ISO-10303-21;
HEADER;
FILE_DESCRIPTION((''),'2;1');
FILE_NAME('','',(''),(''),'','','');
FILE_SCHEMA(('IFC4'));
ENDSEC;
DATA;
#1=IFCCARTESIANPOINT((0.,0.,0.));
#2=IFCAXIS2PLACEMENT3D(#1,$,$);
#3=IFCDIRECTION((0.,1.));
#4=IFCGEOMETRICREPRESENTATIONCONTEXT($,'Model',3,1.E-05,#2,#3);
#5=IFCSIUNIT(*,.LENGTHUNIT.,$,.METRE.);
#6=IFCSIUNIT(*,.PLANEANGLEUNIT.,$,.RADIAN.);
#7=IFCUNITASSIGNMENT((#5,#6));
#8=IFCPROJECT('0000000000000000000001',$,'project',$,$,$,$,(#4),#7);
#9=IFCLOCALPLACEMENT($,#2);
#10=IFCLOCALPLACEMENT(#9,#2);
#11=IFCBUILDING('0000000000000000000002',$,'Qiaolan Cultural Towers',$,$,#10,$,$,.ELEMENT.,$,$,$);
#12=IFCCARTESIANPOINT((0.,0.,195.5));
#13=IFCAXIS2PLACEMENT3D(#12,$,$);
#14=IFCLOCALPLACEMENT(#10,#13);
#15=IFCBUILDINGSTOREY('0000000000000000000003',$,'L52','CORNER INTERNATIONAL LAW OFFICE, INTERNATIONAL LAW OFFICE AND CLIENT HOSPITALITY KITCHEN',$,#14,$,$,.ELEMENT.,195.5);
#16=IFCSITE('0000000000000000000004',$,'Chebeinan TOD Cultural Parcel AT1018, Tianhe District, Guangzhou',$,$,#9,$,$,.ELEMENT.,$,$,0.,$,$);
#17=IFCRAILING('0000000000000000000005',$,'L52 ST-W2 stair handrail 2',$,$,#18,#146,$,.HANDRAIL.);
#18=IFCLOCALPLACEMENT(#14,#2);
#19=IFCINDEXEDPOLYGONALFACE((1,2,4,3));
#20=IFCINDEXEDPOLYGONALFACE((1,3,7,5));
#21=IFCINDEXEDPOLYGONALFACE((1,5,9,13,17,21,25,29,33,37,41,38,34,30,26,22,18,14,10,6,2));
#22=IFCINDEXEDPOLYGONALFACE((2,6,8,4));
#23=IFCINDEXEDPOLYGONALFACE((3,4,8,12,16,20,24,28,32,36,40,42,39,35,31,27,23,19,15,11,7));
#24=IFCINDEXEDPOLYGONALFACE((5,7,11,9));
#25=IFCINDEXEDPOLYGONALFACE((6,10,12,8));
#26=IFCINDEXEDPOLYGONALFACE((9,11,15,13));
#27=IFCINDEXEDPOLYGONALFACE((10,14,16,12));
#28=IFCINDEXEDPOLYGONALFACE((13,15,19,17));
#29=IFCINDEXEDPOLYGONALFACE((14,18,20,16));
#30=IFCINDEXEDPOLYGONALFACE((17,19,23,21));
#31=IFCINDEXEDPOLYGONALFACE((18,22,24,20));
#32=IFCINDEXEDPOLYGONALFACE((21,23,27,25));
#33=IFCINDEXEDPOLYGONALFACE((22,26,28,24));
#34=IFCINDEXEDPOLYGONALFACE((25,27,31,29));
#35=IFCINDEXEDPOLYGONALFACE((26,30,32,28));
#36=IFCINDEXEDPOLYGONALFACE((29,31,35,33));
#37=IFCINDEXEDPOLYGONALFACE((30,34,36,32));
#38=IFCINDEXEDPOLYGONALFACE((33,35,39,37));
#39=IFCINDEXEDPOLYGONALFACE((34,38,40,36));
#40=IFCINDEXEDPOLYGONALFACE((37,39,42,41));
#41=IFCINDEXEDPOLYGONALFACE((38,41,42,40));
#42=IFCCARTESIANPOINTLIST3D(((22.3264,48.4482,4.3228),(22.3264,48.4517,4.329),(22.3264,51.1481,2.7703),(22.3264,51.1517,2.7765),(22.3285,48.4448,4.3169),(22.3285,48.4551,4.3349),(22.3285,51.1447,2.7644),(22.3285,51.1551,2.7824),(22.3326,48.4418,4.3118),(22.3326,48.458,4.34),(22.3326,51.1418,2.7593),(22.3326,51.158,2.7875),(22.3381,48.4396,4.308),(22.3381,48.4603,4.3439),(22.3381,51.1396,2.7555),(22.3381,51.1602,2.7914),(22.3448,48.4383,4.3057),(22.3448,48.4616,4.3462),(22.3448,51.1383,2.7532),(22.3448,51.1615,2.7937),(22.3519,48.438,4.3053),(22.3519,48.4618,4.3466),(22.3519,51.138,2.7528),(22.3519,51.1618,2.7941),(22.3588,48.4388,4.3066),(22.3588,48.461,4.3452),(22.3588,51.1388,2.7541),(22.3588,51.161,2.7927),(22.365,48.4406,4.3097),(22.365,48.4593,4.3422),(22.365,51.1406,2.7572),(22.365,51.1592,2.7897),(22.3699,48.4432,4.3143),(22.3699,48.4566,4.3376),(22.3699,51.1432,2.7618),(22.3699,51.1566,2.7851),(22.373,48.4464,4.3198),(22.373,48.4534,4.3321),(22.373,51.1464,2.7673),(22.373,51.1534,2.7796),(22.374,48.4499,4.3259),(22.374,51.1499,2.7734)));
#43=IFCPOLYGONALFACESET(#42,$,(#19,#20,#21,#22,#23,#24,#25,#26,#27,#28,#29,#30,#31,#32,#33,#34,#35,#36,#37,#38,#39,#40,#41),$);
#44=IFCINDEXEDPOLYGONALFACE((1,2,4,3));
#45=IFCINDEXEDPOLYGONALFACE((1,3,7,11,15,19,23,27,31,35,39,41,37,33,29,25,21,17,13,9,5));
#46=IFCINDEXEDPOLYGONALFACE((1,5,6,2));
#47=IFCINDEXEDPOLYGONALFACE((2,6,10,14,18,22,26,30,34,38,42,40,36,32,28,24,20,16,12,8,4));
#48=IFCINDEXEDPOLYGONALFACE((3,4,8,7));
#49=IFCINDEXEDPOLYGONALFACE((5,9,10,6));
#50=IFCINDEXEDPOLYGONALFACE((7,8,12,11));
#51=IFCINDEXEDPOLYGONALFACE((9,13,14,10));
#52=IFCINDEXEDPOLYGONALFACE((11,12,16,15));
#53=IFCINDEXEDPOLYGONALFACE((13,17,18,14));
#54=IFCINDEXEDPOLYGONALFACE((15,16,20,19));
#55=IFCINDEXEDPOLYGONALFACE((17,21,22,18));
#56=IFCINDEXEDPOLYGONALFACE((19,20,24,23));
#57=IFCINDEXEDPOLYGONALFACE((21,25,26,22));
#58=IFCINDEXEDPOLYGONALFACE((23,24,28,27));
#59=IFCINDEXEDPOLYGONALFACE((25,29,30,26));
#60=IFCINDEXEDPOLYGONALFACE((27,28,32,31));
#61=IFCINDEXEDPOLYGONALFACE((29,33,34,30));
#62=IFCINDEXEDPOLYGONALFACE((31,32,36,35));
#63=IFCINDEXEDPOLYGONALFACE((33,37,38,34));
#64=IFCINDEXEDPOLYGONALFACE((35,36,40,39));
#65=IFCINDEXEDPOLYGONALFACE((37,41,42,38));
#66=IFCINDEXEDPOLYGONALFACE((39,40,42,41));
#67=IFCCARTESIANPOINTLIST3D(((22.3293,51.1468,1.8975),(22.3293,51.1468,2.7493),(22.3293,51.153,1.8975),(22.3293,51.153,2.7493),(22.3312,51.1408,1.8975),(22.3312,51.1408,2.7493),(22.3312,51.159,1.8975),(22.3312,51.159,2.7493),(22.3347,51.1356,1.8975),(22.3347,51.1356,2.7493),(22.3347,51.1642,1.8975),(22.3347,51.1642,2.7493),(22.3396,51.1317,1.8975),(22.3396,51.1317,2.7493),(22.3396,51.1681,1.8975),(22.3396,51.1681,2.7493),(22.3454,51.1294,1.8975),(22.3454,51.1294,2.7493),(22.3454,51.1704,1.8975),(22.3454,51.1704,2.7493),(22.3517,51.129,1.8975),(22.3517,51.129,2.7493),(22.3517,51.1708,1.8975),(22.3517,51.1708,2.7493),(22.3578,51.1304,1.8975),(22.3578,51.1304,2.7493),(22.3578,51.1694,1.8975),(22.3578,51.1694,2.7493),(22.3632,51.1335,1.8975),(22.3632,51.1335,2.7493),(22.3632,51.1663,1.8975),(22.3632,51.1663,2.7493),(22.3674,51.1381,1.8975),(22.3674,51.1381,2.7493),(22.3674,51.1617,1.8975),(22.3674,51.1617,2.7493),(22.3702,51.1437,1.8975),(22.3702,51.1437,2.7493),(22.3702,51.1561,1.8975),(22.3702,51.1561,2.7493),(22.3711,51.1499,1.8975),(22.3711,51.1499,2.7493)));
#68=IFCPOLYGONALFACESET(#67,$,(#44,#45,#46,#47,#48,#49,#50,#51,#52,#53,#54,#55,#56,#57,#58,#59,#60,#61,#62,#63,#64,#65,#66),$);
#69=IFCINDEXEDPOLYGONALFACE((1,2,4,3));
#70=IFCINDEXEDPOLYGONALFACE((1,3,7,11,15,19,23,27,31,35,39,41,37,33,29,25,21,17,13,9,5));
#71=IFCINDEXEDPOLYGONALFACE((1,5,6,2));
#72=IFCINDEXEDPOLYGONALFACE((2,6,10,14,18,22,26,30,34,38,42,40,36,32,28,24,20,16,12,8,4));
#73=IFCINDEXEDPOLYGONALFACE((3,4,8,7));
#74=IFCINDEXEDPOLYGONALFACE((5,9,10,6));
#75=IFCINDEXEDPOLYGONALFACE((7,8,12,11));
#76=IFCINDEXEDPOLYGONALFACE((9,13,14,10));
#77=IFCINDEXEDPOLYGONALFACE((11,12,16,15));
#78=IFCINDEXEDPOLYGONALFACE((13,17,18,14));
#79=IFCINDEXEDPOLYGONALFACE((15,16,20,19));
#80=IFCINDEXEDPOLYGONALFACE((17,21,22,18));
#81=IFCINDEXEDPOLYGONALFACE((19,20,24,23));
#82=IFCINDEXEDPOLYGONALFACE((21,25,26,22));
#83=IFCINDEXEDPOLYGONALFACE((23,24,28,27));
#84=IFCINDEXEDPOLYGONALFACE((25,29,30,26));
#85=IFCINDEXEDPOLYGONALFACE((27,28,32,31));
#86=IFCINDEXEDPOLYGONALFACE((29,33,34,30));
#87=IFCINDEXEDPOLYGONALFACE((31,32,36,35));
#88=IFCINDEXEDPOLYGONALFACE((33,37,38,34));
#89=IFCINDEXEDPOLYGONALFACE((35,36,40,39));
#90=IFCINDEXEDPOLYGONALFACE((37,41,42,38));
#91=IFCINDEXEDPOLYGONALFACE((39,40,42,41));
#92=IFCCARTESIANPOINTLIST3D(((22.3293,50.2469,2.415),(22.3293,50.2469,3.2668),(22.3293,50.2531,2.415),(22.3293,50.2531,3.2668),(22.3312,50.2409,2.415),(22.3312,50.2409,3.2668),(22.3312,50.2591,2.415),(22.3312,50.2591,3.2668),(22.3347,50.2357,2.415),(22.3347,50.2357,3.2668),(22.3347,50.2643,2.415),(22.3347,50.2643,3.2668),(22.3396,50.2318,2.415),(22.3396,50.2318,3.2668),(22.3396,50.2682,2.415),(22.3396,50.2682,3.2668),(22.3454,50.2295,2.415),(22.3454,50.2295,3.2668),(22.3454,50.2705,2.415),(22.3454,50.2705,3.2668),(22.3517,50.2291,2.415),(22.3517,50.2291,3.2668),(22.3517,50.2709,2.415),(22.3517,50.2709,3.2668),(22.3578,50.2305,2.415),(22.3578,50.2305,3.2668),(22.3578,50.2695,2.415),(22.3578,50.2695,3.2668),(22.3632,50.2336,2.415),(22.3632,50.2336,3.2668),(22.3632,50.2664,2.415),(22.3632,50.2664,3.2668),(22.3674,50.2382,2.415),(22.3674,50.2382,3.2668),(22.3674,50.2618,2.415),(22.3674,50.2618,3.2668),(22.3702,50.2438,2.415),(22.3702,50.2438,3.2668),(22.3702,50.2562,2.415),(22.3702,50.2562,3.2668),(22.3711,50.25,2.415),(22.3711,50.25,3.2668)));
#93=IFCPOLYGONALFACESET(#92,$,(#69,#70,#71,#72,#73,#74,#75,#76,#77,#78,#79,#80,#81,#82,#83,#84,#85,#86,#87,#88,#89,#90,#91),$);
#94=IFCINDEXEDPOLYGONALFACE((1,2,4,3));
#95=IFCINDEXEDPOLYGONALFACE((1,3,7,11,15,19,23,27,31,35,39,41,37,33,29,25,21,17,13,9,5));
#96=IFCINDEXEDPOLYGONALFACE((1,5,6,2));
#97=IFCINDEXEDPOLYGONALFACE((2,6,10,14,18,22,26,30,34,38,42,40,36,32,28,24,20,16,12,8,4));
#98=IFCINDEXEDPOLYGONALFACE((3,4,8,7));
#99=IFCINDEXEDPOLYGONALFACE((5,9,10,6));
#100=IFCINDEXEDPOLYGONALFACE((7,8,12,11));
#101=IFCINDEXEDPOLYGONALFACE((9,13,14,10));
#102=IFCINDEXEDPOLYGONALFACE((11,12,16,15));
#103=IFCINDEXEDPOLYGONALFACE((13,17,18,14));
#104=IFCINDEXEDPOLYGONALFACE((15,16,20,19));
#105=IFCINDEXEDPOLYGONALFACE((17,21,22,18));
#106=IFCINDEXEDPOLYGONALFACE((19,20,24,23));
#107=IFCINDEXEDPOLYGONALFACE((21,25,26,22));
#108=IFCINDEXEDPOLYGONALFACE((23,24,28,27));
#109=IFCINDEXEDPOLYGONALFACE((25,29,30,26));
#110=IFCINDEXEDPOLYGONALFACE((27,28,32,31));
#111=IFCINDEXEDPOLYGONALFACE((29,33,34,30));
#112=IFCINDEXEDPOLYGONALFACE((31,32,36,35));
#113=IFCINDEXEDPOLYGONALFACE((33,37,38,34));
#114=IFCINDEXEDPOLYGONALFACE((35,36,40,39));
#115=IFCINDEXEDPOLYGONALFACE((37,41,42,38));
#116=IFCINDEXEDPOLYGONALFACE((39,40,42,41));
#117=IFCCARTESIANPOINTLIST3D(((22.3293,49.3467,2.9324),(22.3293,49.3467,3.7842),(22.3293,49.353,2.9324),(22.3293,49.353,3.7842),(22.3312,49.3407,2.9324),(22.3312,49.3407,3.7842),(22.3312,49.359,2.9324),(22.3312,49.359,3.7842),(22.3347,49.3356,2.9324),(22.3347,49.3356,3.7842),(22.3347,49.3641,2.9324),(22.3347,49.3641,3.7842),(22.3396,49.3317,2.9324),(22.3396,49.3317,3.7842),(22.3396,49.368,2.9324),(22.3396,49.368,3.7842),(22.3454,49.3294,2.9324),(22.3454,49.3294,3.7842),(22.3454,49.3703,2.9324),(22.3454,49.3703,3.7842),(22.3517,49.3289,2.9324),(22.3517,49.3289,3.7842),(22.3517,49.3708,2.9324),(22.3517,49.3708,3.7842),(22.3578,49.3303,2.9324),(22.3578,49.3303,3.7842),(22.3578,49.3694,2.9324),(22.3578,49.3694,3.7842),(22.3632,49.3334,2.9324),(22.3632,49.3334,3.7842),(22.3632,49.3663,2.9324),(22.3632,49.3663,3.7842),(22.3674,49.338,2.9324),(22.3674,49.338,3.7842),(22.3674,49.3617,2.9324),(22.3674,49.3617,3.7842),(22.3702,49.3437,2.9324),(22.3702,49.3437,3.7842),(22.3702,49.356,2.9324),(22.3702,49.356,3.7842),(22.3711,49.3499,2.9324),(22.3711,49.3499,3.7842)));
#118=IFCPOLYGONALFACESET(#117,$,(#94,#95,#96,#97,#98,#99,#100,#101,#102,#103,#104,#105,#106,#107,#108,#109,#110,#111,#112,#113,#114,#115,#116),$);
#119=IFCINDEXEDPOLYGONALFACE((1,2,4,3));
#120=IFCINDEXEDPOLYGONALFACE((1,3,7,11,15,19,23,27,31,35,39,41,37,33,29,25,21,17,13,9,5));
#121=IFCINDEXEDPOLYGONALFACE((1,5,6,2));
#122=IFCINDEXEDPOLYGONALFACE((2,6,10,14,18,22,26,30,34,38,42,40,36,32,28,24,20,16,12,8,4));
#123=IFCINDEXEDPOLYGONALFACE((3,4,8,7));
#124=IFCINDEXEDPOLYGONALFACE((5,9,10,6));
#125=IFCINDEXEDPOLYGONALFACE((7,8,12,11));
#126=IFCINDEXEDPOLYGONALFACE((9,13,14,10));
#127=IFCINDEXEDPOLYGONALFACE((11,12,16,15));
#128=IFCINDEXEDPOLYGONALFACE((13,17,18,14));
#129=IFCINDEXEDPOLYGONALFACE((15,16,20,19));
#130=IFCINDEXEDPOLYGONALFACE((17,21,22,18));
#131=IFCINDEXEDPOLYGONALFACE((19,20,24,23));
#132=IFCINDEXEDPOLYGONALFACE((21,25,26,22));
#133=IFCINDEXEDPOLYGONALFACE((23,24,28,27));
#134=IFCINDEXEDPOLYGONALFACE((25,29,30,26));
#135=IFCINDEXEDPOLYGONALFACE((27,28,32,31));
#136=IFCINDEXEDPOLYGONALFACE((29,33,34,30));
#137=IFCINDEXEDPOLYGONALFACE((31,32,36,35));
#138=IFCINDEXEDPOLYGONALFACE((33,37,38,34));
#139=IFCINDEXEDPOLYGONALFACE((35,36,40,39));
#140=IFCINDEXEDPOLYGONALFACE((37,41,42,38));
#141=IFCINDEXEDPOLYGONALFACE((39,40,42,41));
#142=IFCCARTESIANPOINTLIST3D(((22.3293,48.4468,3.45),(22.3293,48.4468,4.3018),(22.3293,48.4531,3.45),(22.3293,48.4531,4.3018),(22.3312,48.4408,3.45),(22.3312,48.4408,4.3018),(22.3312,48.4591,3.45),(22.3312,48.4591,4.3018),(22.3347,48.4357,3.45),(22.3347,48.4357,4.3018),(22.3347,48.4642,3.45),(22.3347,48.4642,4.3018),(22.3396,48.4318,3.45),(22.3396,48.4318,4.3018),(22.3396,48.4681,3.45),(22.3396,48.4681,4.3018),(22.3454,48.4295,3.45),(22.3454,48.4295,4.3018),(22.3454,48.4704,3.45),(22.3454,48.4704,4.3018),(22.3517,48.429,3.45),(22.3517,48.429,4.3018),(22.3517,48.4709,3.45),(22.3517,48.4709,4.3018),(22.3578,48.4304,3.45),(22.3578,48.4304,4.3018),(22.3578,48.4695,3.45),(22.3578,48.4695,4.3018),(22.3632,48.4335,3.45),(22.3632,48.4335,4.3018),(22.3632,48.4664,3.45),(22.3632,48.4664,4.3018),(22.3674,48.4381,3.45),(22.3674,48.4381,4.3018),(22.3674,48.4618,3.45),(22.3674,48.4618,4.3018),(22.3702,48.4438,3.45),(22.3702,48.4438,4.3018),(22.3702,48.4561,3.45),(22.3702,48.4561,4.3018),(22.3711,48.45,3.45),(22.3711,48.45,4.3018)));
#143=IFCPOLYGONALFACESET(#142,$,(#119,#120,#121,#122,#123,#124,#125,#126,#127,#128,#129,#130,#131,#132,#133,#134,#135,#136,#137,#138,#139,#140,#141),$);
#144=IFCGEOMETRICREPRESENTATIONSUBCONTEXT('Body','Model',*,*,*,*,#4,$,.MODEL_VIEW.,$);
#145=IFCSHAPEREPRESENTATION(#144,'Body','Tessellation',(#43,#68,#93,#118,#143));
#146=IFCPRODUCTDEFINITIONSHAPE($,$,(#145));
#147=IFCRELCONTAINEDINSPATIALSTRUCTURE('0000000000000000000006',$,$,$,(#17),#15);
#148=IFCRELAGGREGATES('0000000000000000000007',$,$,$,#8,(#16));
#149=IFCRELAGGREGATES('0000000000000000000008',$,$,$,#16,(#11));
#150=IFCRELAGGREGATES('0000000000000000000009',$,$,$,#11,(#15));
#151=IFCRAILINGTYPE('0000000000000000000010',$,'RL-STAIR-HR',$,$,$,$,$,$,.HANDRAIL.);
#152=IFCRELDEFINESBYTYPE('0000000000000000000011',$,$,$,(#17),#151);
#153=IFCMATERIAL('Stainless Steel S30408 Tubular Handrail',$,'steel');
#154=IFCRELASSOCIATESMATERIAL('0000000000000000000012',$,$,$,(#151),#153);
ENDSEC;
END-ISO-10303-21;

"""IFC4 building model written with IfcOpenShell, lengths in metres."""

from ifc_helpers import new_model, si_unit, direction, frame, origin, origin_2d, place, context, subcontext, project, spatial, circle, extrude, material, type_object, element, save


model = new_model("IFC4")

# Units and contexts
model_context = context("Model", 3, precision=1e-05, world=origin(), true_north=direction((0.0, 1.0)))
body_context = subcontext(model_context, "Body", "Model", "MODEL_VIEW")
ifc_project = project(units=[si_unit("LENGTHUNIT", "METRE"), si_unit("PLANEANGLEUNIT", "RADIAN")], contexts=[model_context])

# Site, building, storey
site_placement = place(None, origin())
site = spatial("IfcSite", under=ifc_project, at=site_placement, Name="Chebeinan TOD Cultural Parcel AT1018, Tianhe District, Guangzhou", CompositionType="ELEMENT", RefElevation=0.0)
building_placement = place(site_placement, origin())
building = spatial("IfcBuilding", under=site, at=building_placement, Name="Qiaolan Cultural Towers", CompositionType="ELEMENT")
storey_placement = place(building_placement, frame((0.0, 0.0, 195.5)))
storey = spatial("IfcBuildingStorey", under=building, at=storey_placement, Name="L52", Description="CORNER INTERNATIONAL LAW OFFICE, INTERNATIONAL LAW OFFICE AND CLIENT HOSPITALITY KITCHEN", CompositionType="ELEMENT", Elevation=195.5)

# Railing
ifc_material_1 = material(Name="Stainless Steel S30408 Tubular Handrail", Category="steel")
railing_type_1 = type_object("IfcRailingType", Name="RL-STAIR-HR", PredefinedType="HANDRAIL", material=ifc_material_1)
railing_1_placement = place(storey_placement, frame((22.3501, 51.1499, 1.8975)))
element("IfcRailing", 1, at=railing_1_placement, inside=storey, type_object=railing_type_1, Name="L52 ST-W2 stair handrail 2", PredefinedType="HANDRAIL", context=body_context, shape_type="SweptSolid", body=[
    extrude(circle(Radius=0.0239, at=origin_2d()), frame((0.0, 0.0, 0.876), z_axis=(0.0, -0.866904, 0.498476), x_axis=(1.0, 0.0, 0.0)), (0.0, 0.0, 1.0), 3.1145),
    extrude(circle(Radius=0.021, at=origin_2d()), origin(), (0.0, 0.0, 1.0), 0.8518),
    extrude(circle(Radius=0.021, at=origin_2d()), frame((0.0, -0.8999, 0.5176)), (0.0, 0.0, 1.0), 0.8518),
    extrude(circle(Radius=0.021, at=origin_2d()), frame((0.0, -1.8, 1.0349)), (0.0, 0.0, 1.0), 0.8518),
    extrude(circle(Radius=0.021, at=origin_2d()), frame((0.0, -2.7, 1.5525)), (0.0, 0.0, 1.0), 0.8518),
])

save(model, "model.ifc")
